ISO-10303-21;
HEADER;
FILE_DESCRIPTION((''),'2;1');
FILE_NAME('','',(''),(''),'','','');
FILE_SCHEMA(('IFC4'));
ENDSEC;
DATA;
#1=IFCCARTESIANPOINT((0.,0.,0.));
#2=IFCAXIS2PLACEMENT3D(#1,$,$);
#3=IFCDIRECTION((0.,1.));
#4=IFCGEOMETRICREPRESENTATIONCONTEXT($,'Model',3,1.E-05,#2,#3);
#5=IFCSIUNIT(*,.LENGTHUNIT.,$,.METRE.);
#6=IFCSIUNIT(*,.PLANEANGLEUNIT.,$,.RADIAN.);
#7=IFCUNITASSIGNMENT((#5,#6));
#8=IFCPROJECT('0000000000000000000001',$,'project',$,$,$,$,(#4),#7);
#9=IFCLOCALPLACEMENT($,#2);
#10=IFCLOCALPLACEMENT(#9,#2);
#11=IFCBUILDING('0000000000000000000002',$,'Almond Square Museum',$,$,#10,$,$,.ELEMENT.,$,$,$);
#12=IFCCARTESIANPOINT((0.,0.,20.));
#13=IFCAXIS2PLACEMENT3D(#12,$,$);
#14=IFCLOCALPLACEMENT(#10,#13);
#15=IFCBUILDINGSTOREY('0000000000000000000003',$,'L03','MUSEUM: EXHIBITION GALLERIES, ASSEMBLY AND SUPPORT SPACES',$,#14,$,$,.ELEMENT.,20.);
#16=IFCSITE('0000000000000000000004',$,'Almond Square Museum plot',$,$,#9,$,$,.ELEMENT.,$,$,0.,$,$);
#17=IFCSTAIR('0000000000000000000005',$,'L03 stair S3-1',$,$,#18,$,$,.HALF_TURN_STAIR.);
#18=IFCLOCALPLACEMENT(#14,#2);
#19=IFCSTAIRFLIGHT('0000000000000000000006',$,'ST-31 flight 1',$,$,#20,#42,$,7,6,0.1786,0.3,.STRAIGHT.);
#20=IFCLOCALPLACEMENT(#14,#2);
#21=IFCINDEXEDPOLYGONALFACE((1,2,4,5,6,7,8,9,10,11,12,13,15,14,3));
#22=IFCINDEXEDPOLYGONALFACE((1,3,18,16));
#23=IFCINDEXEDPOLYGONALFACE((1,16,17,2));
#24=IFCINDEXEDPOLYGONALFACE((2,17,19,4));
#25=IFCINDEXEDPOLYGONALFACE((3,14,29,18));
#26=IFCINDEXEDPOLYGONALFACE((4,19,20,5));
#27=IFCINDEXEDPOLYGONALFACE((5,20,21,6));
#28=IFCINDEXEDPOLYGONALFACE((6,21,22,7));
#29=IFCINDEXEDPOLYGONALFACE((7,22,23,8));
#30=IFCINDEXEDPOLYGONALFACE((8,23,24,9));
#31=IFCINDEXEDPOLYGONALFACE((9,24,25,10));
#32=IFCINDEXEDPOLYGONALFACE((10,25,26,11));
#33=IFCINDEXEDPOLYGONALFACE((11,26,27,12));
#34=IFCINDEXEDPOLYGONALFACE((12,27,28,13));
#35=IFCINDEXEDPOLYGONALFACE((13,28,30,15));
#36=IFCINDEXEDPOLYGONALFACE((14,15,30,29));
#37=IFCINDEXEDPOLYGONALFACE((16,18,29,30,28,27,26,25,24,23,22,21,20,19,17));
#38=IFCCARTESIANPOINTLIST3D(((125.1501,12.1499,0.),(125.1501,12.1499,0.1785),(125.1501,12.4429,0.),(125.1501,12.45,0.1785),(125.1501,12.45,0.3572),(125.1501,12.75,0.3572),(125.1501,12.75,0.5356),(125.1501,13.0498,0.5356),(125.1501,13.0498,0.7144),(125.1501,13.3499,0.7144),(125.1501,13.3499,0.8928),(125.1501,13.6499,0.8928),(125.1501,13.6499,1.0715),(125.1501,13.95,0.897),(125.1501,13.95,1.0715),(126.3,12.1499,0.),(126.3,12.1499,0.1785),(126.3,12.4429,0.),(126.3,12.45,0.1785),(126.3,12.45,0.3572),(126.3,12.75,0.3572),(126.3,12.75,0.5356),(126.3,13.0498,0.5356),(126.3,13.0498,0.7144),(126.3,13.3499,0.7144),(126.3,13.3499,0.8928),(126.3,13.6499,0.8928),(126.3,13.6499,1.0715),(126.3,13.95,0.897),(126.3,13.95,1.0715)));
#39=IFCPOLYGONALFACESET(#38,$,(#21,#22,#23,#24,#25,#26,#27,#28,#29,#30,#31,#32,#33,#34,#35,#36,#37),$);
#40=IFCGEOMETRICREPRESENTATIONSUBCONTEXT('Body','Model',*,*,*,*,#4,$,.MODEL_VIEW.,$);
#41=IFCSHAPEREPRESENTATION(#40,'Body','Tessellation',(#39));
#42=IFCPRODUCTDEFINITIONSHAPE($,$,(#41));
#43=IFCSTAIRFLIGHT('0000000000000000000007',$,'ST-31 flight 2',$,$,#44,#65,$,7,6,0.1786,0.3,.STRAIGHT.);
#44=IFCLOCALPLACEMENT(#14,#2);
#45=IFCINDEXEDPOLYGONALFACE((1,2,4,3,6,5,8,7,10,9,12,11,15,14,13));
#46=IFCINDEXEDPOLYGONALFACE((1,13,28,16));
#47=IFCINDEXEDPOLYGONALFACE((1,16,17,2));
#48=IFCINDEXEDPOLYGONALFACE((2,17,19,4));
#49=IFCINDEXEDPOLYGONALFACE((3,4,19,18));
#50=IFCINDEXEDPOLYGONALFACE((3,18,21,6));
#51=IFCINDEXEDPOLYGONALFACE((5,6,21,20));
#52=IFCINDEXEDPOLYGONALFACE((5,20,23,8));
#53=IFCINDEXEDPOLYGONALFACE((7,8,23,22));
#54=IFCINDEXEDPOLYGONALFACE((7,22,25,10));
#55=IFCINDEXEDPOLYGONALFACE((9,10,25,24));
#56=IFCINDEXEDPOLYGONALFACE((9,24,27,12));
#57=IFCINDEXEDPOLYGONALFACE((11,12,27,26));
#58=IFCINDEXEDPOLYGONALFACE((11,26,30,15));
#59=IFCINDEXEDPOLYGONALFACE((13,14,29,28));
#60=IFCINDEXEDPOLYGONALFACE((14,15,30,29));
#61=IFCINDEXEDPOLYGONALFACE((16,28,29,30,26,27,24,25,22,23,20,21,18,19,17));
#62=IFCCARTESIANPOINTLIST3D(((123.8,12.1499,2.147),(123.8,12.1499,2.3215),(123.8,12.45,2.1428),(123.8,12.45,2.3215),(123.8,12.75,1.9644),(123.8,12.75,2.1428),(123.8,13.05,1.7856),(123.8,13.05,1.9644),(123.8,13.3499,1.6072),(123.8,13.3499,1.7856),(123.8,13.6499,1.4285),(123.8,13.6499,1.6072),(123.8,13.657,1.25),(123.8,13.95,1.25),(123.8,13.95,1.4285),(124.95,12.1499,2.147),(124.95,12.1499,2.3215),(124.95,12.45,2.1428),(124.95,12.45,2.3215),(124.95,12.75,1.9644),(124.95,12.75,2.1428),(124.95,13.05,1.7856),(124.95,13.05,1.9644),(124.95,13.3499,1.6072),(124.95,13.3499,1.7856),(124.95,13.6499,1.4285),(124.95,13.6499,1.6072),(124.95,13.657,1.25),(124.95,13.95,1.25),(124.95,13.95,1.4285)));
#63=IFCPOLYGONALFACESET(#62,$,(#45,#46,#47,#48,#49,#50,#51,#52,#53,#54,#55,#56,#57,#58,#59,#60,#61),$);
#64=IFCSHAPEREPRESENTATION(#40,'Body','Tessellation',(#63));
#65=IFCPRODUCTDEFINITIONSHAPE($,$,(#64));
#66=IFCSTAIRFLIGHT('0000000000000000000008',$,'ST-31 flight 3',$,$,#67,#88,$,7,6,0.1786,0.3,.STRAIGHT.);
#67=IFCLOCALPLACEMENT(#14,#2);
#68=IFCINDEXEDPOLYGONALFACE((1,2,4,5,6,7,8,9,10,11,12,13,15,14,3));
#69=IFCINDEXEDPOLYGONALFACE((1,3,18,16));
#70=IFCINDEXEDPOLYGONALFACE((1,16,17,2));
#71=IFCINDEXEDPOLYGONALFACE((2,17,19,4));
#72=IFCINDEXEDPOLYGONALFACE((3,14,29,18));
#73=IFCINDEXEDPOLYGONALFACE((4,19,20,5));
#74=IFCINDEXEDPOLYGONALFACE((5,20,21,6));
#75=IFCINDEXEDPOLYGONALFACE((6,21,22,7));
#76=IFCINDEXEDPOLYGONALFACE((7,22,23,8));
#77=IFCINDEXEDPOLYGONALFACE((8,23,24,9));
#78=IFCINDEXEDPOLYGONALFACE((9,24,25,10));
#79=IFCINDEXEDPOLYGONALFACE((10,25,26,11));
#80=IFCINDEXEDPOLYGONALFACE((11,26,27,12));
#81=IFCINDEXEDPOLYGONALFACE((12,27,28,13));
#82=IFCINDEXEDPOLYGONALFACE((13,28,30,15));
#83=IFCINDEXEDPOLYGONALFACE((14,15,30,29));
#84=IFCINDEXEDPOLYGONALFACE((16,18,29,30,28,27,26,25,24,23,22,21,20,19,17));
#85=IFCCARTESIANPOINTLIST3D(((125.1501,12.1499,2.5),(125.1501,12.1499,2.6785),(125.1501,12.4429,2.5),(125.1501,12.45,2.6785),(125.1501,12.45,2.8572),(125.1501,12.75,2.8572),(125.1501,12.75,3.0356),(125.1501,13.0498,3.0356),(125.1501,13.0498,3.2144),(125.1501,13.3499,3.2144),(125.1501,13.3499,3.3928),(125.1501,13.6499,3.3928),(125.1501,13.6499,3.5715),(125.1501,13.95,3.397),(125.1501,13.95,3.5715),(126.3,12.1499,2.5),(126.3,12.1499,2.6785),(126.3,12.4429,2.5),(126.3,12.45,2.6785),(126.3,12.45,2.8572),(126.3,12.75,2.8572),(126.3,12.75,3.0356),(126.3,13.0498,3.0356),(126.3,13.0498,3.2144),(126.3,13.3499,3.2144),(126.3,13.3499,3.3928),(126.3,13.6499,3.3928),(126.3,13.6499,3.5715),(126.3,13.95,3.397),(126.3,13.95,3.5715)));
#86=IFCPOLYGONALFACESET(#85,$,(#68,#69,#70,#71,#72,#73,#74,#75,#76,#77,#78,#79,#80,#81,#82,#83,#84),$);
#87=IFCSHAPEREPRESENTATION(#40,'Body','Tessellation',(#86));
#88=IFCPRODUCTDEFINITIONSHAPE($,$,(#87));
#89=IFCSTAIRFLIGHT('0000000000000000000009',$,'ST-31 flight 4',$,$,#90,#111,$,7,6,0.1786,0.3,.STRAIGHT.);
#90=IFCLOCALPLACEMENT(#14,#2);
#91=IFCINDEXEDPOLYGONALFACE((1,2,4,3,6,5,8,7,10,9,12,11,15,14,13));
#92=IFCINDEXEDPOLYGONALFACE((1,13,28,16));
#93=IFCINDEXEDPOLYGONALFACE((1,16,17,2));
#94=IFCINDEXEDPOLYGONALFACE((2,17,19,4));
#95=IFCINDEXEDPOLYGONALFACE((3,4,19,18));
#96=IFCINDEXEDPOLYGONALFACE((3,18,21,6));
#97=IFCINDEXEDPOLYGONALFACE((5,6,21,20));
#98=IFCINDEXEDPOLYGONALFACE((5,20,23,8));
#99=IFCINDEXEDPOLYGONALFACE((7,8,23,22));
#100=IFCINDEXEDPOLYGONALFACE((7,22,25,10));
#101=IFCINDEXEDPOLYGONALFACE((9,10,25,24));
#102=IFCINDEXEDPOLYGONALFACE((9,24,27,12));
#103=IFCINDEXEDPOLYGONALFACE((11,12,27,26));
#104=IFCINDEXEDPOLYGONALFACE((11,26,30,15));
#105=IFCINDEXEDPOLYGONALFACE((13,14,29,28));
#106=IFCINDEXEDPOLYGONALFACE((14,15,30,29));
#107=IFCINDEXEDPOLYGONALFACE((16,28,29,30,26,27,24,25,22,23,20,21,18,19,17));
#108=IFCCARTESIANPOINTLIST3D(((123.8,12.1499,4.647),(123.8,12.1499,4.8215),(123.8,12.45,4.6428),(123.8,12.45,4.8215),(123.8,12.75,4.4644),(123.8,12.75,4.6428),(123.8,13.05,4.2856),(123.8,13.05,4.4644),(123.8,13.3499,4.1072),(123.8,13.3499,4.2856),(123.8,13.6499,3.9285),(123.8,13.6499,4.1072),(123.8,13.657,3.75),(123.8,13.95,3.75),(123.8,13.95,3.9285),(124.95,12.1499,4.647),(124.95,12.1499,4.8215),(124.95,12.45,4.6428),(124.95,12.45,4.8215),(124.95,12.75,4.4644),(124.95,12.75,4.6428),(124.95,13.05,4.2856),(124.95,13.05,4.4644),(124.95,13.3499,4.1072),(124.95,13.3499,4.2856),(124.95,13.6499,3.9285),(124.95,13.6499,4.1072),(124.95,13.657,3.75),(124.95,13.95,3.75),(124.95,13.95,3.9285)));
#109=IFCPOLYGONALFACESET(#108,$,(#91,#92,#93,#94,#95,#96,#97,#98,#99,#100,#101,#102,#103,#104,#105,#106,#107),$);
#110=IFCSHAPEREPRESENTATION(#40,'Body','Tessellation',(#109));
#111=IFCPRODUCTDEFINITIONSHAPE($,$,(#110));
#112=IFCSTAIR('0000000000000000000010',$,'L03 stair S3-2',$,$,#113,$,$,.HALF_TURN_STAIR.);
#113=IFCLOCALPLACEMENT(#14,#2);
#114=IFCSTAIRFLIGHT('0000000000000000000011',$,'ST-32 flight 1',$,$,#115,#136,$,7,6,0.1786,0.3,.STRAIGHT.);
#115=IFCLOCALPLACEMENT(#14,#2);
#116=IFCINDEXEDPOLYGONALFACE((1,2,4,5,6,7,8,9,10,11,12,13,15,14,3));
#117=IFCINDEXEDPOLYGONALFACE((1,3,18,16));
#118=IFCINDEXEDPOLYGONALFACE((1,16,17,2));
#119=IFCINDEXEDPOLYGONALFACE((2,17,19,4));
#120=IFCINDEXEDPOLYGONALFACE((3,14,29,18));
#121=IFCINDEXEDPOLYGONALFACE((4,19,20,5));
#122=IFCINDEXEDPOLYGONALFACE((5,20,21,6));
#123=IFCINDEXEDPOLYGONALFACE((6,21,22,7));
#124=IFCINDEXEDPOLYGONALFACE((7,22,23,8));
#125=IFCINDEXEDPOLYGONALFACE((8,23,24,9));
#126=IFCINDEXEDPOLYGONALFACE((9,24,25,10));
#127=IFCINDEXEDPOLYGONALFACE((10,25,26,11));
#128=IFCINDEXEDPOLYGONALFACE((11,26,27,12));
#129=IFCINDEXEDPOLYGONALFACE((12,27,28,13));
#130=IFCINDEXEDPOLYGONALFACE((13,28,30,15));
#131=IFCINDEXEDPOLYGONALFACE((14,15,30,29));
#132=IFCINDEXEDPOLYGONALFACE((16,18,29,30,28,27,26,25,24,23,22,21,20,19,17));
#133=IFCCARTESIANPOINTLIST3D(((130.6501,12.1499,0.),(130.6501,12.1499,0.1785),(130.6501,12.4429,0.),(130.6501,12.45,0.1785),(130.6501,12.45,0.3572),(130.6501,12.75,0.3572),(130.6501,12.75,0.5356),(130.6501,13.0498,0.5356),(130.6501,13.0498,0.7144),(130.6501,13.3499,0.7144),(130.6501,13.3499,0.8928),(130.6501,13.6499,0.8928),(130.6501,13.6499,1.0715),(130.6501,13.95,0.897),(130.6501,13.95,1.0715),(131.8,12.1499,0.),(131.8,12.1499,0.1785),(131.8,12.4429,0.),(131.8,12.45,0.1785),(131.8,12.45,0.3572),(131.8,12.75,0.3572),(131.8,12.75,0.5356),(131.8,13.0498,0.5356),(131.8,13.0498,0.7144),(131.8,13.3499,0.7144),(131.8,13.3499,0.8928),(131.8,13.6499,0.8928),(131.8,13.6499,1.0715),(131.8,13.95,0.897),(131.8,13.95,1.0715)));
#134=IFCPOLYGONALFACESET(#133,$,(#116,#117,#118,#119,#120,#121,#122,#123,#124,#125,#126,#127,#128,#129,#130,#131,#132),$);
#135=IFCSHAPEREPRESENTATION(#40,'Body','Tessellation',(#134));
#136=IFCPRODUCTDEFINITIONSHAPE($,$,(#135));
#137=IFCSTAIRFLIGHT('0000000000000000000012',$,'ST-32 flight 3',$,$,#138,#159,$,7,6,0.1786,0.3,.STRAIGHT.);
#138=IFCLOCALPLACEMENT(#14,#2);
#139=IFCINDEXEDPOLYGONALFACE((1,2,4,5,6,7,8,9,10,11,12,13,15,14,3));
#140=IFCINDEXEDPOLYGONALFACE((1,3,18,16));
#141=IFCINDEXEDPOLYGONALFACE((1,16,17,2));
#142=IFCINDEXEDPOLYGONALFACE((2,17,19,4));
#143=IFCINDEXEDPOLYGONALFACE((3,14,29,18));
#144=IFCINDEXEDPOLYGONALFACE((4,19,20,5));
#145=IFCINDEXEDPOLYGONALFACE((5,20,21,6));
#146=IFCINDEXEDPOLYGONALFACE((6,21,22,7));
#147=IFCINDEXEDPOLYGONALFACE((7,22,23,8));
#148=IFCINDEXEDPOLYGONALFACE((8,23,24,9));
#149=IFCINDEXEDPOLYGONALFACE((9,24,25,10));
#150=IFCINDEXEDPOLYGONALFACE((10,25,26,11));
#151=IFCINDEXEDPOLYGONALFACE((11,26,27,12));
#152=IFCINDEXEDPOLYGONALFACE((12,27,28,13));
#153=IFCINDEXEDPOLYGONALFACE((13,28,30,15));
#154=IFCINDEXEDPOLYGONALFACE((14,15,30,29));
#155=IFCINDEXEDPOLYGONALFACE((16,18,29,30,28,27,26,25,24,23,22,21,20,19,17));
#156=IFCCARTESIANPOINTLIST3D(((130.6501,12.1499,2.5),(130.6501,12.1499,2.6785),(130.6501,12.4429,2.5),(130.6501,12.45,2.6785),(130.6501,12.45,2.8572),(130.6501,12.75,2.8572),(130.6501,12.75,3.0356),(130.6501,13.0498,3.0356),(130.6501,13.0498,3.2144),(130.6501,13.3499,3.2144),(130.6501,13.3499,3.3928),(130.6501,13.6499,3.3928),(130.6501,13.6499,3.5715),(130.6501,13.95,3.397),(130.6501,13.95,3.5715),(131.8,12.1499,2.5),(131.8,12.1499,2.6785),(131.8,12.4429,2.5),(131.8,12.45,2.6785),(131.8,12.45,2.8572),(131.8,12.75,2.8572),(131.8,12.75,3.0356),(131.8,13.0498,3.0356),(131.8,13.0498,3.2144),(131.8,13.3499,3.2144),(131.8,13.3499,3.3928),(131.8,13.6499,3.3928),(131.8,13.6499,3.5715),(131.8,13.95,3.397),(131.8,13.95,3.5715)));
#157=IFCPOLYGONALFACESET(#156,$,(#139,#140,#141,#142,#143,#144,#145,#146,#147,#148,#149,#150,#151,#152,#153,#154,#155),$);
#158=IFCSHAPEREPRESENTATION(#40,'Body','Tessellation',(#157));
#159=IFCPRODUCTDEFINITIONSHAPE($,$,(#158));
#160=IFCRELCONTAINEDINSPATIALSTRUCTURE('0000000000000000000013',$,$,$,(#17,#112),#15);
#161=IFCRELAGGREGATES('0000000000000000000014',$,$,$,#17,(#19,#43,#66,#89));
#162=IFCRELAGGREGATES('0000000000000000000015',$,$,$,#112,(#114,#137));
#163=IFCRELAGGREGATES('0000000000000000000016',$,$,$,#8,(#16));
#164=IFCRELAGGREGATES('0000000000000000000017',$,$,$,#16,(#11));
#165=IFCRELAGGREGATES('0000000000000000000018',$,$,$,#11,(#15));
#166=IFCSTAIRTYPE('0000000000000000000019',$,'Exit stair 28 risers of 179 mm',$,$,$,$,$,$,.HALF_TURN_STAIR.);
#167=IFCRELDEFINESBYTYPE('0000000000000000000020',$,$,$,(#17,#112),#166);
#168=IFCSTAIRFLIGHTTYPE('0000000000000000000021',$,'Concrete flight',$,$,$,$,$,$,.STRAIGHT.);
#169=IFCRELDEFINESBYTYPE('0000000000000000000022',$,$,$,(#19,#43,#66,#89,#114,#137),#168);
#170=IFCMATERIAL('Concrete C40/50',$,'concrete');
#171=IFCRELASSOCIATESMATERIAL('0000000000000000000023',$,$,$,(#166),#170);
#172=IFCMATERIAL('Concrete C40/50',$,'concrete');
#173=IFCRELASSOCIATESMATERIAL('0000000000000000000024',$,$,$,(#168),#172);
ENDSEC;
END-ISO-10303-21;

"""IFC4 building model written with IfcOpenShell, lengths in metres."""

from ifc_helpers import new_model, si_unit, direction, frame, origin, place, context, subcontext, project, spatial, polyline, outline, extrude, material, type_object, element, aggregate, save


model = new_model("IFC4")

# Units and contexts
model_context = context("Model", 3, precision=1e-05, world=origin(), true_north=direction((0.0, 1.0)))
body_context = subcontext(model_context, "Body", "Model", "MODEL_VIEW")
ifc_project = project(units=[si_unit("LENGTHUNIT", "METRE"), si_unit("PLANEANGLEUNIT", "RADIAN")], contexts=[model_context])

# Site, building, storey
site_placement = place(None, origin())
site = spatial("IfcSite", under=ifc_project, at=site_placement, Name="Almond Square Museum plot", CompositionType="ELEMENT", RefElevation=0.0)
building_placement = place(site_placement, origin())
building = spatial("IfcBuilding", under=site, at=building_placement, Name="Almond Square Museum", CompositionType="ELEMENT")
storey_placement = place(building_placement, frame((0.0, 0.0, 20.0)))
storey = spatial("IfcBuildingStorey", under=building, at=storey_placement, Name="L03", Description="MUSEUM: EXHIBITION GALLERIES, ASSEMBLY AND SUPPORT SPACES", CompositionType="ELEMENT", Elevation=20.0)

# Stairs, stair flights
ifc_material_1 = material(Name="Concrete C40/50", Category="concrete")
stair_type = type_object("IfcStairType", Name="Exit stair 28 risers of 179 mm", PredefinedType="HALF_TURN_STAIR", material=ifc_material_1)
stair_1_placement = place(storey_placement, origin())
stair_1 = element("IfcStair", 1, at=stair_1_placement, inside=storey, type_object=stair_type, Name="L03 stair S3-1", PredefinedType="HALF_TURN_STAIR")
ifc_material_2 = material(Name="Concrete C40/50", Category="concrete")
stair_flight_type = type_object("IfcStairFlightType", Name="Concrete flight", PredefinedType="STRAIGHT", material=ifc_material_2)
stair_flight_1_placement = place(storey_placement, frame((125.7251, 12.1499, 0.0), z_axis=(0.0, 0.0, 1.0), x_axis=(0.0, 1.0, 0.0)))
stair_flight_1 = element("IfcStairFlight", 2, at=stair_flight_1_placement, type_object=stair_flight_type, Name="ST-31 flight 1", NumberOfRisers=7, NumberOfTreads=6, PredefinedType="STRAIGHT", RiserHeight=0.1786, TreadLength=0.3, context=body_context, shape_type="SweptSolid", body=[
    extrude(outline(polyline([(0.0, 0.0), (0.0, 0.1785), (0.3, 0.1785), (0.3, 0.3572), (0.6001, 0.3572), (0.6001, 0.5356), (0.8999, 0.5356), (0.8999, 0.7144), (1.2, 0.7144), (1.2, 0.8928), (1.5, 0.8928), (1.5, 1.0715), (1.8, 1.0715), (1.8, 1.25), (1.8, 0.897), (0.293, 0.0), (0.0, 0.0)])), frame((0.0, 0.575, 0.0), z_axis=(0.0, -1.0, 0.0), x_axis=(1.0, 0.0, 0.0)), (0.0, 0.0, 1.0), 1.1499),
])
stair_flight_2_placement = place(storey_placement, frame((124.375, 13.95, 1.25), z_axis=(0.0, 0.0, 1.0), x_axis=(0.0, -1.0, 0.0)))
stair_flight_2 = element("IfcStairFlight", 3, at=stair_flight_2_placement, type_object=stair_flight_type, Name="ST-31 flight 2", NumberOfRisers=7, NumberOfTreads=6, PredefinedType="STRAIGHT", RiserHeight=0.1786, TreadLength=0.3, context=body_context, shape_type="SweptSolid", body=[
    extrude(outline(polyline([(0.0, 0.0), (0.0, 0.1785), (0.3, 0.1785), (0.3, 0.3572), (0.6001, 0.3572), (0.6001, 0.5356), (0.8999, 0.5356), (0.8999, 0.7144), (1.2, 0.7144), (1.2, 0.8928), (1.5, 0.8928), (1.5, 1.0715), (1.8, 1.0715), (1.8, 1.25), (1.8, 0.897), (0.293, 0.0), (0.0, 0.0)])), frame((0.0, 0.575, 0.0), z_axis=(0.0, -1.0, 0.0), x_axis=(1.0, 0.0, 0.0)), (0.0, 0.0, 1.0), 1.1499),
])
stair_flight_3_placement = place(storey_placement, frame((125.7251, 12.1499, 2.5), z_axis=(0.0, 0.0, 1.0), x_axis=(0.0, 1.0, 0.0)))
stair_flight_3 = element("IfcStairFlight", 4, at=stair_flight_3_placement, type_object=stair_flight_type, Name="ST-31 flight 3", NumberOfRisers=7, NumberOfTreads=6, PredefinedType="STRAIGHT", RiserHeight=0.1786, TreadLength=0.3, context=body_context, shape_type="SweptSolid", body=[
    extrude(outline(polyline([(0.0, 0.0), (0.0, 0.1785), (0.3, 0.1785), (0.3, 0.3572), (0.6001, 0.3572), (0.6001, 0.5356), (0.8999, 0.5356), (0.8999, 0.7144), (1.2, 0.7144), (1.2, 0.8928), (1.5, 0.8928), (1.5, 1.0715), (1.8, 1.0715), (1.8, 1.25), (1.8, 0.897), (0.293, 0.0), (0.0, 0.0)])), frame((0.0, 0.575, 0.0), z_axis=(0.0, -1.0, 0.0), x_axis=(1.0, 0.0, 0.0)), (0.0, 0.0, 1.0), 1.1499),
])
stair_flight_4_placement = place(storey_placement, frame((124.375, 13.95, 3.75), z_axis=(0.0, 0.0, 1.0), x_axis=(0.0, -1.0, 0.0)))
stair_flight_4 = element("IfcStairFlight", 5, at=stair_flight_4_placement, type_object=stair_flight_type, Name="ST-31 flight 4", NumberOfRisers=7, NumberOfTreads=6, PredefinedType="STRAIGHT", RiserHeight=0.1786, TreadLength=0.3, context=body_context, shape_type="SweptSolid", body=[
    extrude(outline(polyline([(0.0, 0.0), (0.0, 0.1785), (0.3, 0.1785), (0.3, 0.3572), (0.6001, 0.3572), (0.6001, 0.5356), (0.8999, 0.5356), (0.8999, 0.7144), (1.2, 0.7144), (1.2, 0.8928), (1.5, 0.8928), (1.5, 1.0715), (1.8, 1.0715), (1.8, 1.25), (1.8, 0.897), (0.293, 0.0), (0.0, 0.0)])), frame((0.0, 0.575, 0.0), z_axis=(0.0, -1.0, 0.0), x_axis=(1.0, 0.0, 0.0)), (0.0, 0.0, 1.0), 1.1499),
])
aggregate(stair_1, [stair_flight_1, stair_flight_2, stair_flight_3, stair_flight_4])
stair_2_placement = place(storey_placement, origin())
stair_2 = element("IfcStair", 6, at=stair_2_placement, inside=storey, type_object=stair_type, Name="L03 stair S3-2", PredefinedType="HALF_TURN_STAIR")
stair_flight_5_placement = place(storey_placement, frame((131.2251, 12.1499, 0.0), z_axis=(0.0, 0.0, 1.0), x_axis=(0.0, 1.0, 0.0)))
stair_flight_5 = element("IfcStairFlight", 7, at=stair_flight_5_placement, type_object=stair_flight_type, Name="ST-32 flight 1", NumberOfRisers=7, NumberOfTreads=6, PredefinedType="STRAIGHT", RiserHeight=0.1786, TreadLength=0.3, context=body_context, shape_type="SweptSolid", body=[
    extrude(outline(polyline([(0.0, 0.0), (0.0, 0.1785), (0.3, 0.1785), (0.3, 0.3572), (0.6001, 0.3572), (0.6001, 0.5356), (0.8999, 0.5356), (0.8999, 0.7144), (1.2, 0.7144), (1.2, 0.8928), (1.5, 0.8928), (1.5, 1.0715), (1.8, 1.0715), (1.8, 1.25), (1.8, 0.897), (0.293, 0.0), (0.0, 0.0)])), frame((0.0, 0.575, 0.0), z_axis=(0.0, -1.0, 0.0), x_axis=(1.0, 0.0, 0.0)), (0.0, 0.0, 1.0), 1.1499),
])
stair_flight_6_placement = place(storey_placement, frame((131.2251, 12.1499, 2.5), z_axis=(0.0, 0.0, 1.0), x_axis=(0.0, 1.0, 0.0)))
stair_flight_6 = element("IfcStairFlight", 8, at=stair_flight_6_placement, type_object=stair_flight_type, Name="ST-32 flight 3", NumberOfRisers=7, NumberOfTreads=6, PredefinedType="STRAIGHT", RiserHeight=0.1786, TreadLength=0.3, context=body_context, shape_type="SweptSolid", body=[
    extrude(outline(polyline([(0.0, 0.0), (0.0, 0.1785), (0.3, 0.1785), (0.3, 0.3572), (0.6001, 0.3572), (0.6001, 0.5356), (0.8999, 0.5356), (0.8999, 0.7144), (1.2, 0.7144), (1.2, 0.8928), (1.5, 0.8928), (1.5, 1.0715), (1.8, 1.0715), (1.8, 1.25), (1.8, 0.897), (0.293, 0.0), (0.0, 0.0)])), frame((0.0, 0.575, 0.0), z_axis=(0.0, -1.0, 0.0), x_axis=(1.0, 0.0, 0.0)), (0.0, 0.0, 1.0), 1.1499),
])
aggregate(stair_2, [stair_flight_5, stair_flight_6])

save(model, "model.ifc")
